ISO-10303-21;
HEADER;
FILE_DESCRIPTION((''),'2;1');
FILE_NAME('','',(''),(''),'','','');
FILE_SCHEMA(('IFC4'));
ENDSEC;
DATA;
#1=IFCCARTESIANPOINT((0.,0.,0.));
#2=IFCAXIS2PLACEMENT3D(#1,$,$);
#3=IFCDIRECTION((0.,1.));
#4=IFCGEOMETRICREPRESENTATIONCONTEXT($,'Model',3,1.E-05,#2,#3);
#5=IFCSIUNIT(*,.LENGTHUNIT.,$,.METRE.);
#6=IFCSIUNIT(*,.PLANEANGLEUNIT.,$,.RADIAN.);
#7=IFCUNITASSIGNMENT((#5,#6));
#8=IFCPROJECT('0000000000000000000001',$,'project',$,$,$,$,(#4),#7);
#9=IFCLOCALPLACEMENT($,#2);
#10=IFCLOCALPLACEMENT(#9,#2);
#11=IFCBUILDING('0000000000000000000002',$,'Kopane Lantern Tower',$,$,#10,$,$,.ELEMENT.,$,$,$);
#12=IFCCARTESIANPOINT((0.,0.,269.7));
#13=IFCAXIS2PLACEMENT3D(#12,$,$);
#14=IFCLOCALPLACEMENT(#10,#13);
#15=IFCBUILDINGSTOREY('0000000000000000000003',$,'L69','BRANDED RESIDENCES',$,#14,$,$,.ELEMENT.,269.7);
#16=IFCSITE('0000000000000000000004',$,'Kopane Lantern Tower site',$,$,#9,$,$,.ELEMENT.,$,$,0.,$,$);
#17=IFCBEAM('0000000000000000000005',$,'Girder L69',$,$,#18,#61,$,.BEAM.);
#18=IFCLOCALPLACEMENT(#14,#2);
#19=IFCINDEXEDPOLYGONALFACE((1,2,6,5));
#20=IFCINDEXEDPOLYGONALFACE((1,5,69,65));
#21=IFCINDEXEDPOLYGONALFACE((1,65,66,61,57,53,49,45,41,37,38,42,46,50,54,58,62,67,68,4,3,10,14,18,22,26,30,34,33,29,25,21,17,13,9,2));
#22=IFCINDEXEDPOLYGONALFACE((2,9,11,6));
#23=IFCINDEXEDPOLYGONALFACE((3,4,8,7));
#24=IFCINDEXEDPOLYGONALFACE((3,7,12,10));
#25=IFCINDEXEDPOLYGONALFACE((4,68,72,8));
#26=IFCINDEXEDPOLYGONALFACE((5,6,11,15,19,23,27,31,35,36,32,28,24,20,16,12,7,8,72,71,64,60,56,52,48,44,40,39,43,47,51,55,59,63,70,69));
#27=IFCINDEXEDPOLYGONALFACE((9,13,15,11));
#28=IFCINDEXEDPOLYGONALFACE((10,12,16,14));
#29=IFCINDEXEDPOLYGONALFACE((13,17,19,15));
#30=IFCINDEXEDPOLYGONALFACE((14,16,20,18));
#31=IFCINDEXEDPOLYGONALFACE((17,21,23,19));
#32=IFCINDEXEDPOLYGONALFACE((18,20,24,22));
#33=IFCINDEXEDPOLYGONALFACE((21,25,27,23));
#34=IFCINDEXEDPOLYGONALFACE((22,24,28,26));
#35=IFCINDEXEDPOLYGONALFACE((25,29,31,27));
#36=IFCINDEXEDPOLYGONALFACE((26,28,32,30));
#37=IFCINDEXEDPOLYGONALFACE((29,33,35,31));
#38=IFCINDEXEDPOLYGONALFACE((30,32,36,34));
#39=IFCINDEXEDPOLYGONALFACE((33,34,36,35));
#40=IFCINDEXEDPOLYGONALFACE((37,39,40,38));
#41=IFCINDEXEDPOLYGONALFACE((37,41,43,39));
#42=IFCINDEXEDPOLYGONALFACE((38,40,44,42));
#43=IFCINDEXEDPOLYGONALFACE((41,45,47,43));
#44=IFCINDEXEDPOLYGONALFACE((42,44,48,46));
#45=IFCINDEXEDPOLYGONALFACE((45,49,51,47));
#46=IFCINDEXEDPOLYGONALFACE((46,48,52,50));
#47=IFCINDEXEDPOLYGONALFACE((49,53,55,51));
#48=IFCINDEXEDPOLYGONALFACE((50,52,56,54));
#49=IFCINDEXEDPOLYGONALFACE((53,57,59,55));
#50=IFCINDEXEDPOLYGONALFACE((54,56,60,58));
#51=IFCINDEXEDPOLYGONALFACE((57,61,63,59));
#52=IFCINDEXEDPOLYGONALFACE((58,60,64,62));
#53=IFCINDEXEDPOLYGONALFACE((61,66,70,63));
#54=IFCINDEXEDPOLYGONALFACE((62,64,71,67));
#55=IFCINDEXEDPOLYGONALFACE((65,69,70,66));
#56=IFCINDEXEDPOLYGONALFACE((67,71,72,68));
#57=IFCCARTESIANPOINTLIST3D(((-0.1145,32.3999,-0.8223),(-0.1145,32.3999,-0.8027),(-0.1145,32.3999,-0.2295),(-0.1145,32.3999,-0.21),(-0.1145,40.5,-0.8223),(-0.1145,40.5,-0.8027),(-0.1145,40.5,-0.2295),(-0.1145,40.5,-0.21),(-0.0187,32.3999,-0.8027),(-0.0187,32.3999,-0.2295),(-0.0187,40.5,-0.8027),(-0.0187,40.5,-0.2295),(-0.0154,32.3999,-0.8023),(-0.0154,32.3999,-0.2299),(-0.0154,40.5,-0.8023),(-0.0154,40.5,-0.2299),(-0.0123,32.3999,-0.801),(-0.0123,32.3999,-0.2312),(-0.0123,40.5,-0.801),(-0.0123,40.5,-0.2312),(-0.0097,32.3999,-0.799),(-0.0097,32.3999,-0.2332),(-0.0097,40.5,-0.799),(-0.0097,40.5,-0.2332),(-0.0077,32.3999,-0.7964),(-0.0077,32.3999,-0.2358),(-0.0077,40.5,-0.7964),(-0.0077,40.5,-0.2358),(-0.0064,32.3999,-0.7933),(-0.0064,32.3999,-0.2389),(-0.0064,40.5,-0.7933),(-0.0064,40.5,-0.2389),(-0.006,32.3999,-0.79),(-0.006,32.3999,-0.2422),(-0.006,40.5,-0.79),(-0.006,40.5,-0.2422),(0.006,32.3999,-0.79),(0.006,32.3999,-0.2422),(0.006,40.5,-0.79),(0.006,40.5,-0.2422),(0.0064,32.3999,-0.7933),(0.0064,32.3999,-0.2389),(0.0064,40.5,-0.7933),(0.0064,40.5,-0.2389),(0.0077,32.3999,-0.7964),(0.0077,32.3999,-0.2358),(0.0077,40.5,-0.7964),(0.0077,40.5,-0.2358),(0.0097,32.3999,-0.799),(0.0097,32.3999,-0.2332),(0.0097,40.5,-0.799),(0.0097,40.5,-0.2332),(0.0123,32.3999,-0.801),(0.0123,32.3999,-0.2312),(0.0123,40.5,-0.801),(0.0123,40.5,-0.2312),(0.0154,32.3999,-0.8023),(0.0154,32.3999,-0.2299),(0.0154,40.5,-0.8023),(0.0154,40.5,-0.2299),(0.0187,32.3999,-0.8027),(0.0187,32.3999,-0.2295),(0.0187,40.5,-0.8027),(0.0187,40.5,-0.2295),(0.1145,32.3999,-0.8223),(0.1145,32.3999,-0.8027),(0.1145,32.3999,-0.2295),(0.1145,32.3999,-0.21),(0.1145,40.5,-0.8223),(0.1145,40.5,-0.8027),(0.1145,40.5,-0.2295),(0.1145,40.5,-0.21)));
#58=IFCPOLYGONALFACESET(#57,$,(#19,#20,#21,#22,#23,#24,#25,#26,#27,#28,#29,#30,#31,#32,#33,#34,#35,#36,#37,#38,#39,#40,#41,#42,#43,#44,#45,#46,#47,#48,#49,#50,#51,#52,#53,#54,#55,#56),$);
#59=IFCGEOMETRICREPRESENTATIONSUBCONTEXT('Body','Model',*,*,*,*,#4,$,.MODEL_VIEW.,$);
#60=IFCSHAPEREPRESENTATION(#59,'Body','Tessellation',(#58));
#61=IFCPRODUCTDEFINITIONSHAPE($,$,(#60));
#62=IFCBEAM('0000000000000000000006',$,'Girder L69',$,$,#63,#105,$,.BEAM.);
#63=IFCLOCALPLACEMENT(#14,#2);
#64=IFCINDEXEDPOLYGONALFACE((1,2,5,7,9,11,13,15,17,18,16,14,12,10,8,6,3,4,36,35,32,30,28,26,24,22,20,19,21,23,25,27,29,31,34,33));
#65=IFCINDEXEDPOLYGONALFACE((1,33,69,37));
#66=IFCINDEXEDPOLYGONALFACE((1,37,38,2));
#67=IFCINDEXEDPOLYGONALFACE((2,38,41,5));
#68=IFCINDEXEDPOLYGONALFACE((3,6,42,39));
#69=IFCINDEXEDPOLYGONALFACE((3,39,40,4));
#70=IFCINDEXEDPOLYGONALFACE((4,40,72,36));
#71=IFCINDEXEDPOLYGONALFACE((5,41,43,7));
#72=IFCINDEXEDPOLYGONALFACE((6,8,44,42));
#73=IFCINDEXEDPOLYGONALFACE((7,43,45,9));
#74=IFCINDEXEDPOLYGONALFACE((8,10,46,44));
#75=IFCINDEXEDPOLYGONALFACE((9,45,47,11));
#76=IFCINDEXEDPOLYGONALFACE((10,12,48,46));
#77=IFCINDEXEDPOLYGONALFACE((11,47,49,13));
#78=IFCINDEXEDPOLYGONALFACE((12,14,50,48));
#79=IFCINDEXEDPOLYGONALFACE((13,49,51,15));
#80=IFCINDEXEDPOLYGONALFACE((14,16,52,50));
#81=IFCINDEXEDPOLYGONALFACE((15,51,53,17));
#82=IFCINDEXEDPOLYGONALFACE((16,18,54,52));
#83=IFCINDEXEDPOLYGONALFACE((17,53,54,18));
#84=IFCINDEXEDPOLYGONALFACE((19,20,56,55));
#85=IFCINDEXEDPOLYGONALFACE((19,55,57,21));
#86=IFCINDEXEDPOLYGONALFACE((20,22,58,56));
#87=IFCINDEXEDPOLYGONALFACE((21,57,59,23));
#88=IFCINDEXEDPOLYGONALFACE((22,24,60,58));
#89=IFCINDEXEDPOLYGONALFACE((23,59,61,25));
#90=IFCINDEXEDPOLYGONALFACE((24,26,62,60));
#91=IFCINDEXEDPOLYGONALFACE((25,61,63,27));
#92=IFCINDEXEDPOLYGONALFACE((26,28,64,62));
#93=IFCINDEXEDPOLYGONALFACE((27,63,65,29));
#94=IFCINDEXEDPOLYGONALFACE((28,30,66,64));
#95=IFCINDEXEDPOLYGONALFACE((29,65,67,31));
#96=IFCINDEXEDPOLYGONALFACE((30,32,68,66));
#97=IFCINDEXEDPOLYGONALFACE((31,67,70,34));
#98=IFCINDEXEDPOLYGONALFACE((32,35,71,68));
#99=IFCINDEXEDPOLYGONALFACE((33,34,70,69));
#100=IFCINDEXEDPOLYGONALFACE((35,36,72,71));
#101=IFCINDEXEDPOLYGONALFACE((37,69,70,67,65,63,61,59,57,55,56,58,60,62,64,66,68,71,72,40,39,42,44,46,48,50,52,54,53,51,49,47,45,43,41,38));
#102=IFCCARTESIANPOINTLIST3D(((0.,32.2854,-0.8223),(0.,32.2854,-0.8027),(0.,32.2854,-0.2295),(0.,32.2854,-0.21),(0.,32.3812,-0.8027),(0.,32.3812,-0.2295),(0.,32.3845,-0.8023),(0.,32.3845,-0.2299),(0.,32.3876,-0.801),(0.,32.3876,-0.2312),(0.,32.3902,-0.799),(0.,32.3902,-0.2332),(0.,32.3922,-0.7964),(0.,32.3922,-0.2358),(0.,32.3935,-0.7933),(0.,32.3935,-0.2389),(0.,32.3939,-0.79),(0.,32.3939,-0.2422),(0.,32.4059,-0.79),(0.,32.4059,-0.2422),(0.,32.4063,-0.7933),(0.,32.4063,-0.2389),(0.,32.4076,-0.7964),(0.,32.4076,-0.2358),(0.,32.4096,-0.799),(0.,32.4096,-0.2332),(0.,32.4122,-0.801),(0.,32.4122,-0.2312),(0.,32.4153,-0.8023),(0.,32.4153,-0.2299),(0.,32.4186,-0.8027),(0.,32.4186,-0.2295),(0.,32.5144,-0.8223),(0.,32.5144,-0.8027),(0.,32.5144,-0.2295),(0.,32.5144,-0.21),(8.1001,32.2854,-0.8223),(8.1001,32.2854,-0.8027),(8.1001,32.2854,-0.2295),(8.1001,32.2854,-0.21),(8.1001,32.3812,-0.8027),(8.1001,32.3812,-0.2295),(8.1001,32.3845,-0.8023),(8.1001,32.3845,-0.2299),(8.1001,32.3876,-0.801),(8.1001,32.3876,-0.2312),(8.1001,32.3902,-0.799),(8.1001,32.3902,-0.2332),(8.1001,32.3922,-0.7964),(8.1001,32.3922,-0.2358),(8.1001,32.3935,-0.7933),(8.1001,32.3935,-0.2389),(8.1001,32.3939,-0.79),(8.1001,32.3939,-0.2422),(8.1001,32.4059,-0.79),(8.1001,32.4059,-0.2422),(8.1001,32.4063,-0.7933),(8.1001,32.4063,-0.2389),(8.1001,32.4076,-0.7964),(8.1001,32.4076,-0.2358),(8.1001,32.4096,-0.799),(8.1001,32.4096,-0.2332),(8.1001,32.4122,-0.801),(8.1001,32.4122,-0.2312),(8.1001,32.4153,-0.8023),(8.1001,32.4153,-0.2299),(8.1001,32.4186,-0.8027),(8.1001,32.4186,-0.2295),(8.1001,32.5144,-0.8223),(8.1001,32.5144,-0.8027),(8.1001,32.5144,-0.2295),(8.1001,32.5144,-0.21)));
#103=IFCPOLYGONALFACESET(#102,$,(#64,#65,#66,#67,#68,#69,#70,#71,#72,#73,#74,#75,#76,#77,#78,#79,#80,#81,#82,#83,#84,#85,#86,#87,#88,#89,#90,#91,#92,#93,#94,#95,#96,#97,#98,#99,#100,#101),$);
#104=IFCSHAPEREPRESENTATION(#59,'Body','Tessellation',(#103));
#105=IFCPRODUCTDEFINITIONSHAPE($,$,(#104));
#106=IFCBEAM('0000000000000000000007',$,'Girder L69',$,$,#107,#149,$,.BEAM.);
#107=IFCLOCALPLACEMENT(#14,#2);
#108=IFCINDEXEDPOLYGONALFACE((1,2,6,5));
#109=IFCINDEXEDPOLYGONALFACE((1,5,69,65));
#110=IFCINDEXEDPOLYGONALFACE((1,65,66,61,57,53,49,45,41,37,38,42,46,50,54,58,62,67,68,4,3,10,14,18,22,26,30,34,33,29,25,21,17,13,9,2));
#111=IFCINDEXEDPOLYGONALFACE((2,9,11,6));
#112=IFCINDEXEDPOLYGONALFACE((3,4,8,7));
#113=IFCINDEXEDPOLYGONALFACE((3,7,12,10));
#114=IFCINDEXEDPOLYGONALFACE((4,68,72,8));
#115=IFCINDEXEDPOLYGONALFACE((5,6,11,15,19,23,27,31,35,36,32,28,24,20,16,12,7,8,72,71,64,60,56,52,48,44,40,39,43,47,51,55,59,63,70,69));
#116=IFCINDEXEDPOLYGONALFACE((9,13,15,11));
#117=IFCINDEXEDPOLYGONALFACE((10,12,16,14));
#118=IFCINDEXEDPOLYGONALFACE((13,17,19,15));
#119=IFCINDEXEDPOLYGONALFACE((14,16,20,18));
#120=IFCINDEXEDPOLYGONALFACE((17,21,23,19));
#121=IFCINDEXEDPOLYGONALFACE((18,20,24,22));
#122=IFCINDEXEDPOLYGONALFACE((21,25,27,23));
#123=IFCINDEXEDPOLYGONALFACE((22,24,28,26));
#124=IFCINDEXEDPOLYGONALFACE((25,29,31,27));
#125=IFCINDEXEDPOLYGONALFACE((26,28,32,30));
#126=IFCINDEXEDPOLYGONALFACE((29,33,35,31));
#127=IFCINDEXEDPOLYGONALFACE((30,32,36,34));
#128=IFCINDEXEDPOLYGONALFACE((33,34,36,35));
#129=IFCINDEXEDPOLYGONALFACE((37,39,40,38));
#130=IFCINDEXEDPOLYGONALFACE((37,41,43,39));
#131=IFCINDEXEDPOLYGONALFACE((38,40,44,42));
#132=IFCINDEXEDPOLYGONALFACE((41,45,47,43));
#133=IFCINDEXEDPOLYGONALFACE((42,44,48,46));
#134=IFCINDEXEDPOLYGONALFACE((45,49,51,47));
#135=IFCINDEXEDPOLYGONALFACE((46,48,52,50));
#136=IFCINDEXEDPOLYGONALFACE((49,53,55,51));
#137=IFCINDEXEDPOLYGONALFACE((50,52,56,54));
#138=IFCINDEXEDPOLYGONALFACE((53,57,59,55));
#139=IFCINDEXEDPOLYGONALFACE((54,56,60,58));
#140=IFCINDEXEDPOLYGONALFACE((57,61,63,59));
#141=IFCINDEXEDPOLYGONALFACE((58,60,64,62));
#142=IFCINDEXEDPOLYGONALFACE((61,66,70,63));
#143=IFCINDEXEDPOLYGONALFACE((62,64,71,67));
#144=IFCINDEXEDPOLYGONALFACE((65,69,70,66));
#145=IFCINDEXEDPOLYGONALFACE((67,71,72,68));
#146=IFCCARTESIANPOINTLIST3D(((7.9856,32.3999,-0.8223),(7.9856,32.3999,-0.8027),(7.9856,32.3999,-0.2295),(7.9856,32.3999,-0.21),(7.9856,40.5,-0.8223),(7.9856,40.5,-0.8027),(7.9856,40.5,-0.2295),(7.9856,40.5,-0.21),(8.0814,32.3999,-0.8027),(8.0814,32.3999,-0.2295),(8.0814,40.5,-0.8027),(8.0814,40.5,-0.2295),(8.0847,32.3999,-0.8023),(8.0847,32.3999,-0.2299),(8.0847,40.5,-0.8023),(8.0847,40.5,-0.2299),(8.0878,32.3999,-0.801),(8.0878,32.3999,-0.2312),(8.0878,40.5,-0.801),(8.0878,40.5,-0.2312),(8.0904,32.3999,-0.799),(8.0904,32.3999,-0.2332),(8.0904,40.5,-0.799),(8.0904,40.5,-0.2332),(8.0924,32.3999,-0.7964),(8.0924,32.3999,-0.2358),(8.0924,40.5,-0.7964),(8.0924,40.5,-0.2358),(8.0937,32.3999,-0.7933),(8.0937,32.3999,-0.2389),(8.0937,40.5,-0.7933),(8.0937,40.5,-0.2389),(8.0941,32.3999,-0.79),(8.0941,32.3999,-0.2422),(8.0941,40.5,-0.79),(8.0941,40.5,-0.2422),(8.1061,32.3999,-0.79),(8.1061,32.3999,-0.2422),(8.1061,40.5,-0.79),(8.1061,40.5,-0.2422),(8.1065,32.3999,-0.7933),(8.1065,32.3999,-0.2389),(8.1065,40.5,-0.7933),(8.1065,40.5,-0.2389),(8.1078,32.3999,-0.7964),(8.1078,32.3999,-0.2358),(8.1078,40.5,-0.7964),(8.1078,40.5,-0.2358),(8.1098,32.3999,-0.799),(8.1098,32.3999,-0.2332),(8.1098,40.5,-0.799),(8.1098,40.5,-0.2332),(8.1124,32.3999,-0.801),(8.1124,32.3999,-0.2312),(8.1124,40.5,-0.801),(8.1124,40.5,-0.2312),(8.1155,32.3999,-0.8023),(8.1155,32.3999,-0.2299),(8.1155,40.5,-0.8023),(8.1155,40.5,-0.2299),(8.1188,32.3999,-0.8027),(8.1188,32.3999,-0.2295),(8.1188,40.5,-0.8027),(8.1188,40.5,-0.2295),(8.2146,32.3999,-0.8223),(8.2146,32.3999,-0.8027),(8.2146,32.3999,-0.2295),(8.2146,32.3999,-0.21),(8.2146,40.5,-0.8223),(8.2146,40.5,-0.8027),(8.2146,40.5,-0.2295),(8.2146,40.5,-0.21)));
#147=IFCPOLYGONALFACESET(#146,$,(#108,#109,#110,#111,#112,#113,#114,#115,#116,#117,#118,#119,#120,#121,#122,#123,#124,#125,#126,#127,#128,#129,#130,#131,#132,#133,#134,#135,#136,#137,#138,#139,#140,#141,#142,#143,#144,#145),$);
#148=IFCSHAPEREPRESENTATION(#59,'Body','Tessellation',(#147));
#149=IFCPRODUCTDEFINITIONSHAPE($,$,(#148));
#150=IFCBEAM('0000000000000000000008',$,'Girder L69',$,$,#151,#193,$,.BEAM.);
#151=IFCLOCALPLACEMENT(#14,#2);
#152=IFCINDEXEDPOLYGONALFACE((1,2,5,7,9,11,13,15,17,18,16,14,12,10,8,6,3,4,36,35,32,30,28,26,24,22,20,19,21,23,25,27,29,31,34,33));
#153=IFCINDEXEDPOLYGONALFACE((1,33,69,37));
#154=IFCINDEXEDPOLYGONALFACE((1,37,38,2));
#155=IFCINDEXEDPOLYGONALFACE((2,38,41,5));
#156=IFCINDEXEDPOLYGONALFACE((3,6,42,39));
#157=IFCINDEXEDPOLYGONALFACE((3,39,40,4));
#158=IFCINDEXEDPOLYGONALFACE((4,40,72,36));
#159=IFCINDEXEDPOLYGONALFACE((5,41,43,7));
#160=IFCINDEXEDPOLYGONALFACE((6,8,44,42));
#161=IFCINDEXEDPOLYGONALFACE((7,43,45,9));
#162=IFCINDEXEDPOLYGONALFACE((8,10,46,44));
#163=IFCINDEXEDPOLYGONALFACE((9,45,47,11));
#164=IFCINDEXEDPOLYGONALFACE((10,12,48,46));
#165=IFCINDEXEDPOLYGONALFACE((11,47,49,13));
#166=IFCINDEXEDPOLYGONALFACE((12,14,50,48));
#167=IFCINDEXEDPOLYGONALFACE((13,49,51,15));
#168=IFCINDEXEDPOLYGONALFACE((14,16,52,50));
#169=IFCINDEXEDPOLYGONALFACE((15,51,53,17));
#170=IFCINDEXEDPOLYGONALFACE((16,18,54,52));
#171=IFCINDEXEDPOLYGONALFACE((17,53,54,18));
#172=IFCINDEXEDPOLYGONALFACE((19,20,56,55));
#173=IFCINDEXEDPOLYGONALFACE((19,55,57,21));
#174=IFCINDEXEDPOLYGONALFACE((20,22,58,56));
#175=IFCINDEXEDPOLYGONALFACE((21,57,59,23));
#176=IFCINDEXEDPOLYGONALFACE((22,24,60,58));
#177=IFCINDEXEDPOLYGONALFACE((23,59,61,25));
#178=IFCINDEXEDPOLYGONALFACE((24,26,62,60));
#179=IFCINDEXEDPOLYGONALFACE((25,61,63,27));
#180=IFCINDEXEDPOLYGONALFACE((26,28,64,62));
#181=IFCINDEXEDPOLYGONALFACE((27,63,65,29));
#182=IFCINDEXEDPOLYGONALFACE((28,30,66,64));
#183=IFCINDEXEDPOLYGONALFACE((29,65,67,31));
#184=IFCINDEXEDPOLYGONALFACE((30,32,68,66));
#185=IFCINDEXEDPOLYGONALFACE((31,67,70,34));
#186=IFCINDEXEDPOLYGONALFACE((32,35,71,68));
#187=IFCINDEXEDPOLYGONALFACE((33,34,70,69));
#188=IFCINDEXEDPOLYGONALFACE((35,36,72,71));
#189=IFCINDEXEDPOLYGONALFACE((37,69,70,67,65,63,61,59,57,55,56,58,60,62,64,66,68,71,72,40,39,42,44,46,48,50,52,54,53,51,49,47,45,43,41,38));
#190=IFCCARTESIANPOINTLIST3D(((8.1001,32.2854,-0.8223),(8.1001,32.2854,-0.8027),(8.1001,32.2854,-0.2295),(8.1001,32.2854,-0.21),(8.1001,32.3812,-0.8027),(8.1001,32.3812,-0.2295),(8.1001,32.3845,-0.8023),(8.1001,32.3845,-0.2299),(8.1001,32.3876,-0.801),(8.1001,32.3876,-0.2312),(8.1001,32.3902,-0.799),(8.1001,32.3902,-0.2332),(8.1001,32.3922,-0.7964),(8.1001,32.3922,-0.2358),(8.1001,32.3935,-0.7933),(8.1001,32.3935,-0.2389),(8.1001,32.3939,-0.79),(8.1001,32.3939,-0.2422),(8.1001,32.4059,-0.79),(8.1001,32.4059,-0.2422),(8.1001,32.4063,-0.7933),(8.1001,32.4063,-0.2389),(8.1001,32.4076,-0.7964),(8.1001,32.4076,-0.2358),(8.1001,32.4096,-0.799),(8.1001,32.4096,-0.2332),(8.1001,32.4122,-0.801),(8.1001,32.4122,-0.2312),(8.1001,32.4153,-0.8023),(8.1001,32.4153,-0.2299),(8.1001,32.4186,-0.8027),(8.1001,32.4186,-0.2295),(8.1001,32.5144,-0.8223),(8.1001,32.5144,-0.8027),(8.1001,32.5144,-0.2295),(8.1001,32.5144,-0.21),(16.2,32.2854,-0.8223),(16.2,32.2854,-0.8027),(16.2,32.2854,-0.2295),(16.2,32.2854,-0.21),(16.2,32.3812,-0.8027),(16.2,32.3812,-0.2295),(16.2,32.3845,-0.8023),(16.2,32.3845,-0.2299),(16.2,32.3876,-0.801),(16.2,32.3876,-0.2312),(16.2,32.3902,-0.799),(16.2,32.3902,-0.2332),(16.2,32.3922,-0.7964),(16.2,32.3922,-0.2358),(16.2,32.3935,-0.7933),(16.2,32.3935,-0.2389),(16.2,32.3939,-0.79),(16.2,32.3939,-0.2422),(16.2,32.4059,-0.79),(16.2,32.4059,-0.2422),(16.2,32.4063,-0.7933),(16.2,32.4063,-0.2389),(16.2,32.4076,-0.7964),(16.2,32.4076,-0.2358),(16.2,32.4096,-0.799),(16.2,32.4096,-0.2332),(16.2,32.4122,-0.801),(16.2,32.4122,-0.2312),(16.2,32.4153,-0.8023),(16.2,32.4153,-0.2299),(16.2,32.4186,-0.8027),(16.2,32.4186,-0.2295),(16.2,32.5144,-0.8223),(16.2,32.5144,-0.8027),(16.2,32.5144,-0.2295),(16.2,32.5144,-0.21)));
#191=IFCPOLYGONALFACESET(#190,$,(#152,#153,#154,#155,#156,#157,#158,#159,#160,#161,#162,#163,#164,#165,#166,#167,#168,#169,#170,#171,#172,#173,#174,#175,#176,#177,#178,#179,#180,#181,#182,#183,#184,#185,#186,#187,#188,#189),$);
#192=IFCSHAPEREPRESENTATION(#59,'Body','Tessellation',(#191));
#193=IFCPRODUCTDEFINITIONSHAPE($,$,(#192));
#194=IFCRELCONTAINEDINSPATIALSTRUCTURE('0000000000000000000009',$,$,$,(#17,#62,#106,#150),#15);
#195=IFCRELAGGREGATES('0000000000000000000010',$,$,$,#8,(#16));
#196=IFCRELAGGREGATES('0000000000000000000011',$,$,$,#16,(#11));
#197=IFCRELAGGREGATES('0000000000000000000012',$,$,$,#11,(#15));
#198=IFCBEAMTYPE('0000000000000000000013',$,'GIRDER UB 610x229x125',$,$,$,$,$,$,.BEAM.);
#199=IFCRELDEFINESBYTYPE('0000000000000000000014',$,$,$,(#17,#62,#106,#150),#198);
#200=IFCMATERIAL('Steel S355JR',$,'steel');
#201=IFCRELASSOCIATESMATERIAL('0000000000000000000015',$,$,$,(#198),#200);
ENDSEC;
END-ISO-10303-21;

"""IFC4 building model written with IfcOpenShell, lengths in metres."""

from ifc_helpers import new_model, si_unit, direction, frame, origin, origin_2d, place, context, subcontext, project, spatial, i_section, extrude, material, material_profile, profile_set, type_object, element, save


model = new_model("IFC4")

# Units and contexts
model_context = context("Model", 3, precision=1e-05, world=origin(), true_north=direction((0.0, 1.0)))
body_context = subcontext(model_context, "Body", "Model", "MODEL_VIEW")
ifc_project = project(units=[si_unit("LENGTHUNIT", "METRE"), si_unit("PLANEANGLEUNIT", "RADIAN")], contexts=[model_context])

# Site, building, storey
site_placement = place(None, origin())
site = spatial("IfcSite", under=ifc_project, at=site_placement, Name="Kopane Lantern Tower site", CompositionType="ELEMENT", RefElevation=0.0)
building_placement = place(site_placement, origin())
building = spatial("IfcBuilding", under=site, at=building_placement, Name="Kopane Lantern Tower", CompositionType="ELEMENT")
storey_placement = place(building_placement, frame((0.0, 0.0, 269.7)))
storey = spatial("IfcBuildingStorey", under=building, at=storey_placement, Name="L69", Description="BRANDED RESIDENCES", CompositionType="ELEMENT", Elevation=269.7)

# Beams
ifc_material_1 = material(Name="Steel S355JR", Category="steel")
ifc_material_profile_1 = material_profile(ifc_material_1, i_section(OverallWidth=0.229, OverallDepth=0.6123, WebThickness=0.012, FlangeThickness=0.0195, FilletRadius=0.0127, at=origin_2d()), Name="UB 610x229x125")
ifc_profile_set_1 = profile_set([ifc_material_profile_1], Name="Steel S355JR")
beam_type = type_object("IfcBeamType", Name="GIRDER UB 610x229x125", PredefinedType="BEAM", material=ifc_profile_set_1)
for number, where, z_axis, x_axis, name in (
    (1, (0.0, 32.3999, -0.5161), (0.0, 1.0, 0.0), (-1.0, 0.0, 0.0), "Girder L69"),
    (2, (0.0, 32.3999, -0.5161), (1.0, 0.0, 0.0), (0.0, 1.0, 0.0), "Girder L69"),
    (3, (8.1001, 32.3999, -0.5161), (0.0, 1.0, 0.0), (-1.0, 0.0, 0.0), "Girder L69"),
):
    element("IfcBeam", number, at=place(storey_placement, frame(where, z_axis=z_axis, x_axis=x_axis)), inside=storey, type_object=beam_type, Name=name, PredefinedType="BEAM", context=body_context, shape_type="SweptSolid", body=[
        extrude(i_section(OverallWidth=0.229, OverallDepth=0.6123, WebThickness=0.012, FlangeThickness=0.0195, FilletRadius=0.0127, at=origin_2d()), origin(), (0.0, 0.0, 1.0), 8.1001),
    ])
for number, where, z_axis, x_axis, name in (
    (4, (8.1001, 32.3999, -0.5161), (1.0, 0.0, 0.0), (0.0, 1.0, 0.0), "Girder L69"),
):
    element("IfcBeam", number, at=place(storey_placement, frame(where, z_axis=z_axis, x_axis=x_axis)), inside=storey, type_object=beam_type, Name=name, PredefinedType="BEAM", context=body_context, shape_type="SweptSolid", body=[
        extrude(i_section(OverallWidth=0.229, OverallDepth=0.6123, WebThickness=0.012, FlangeThickness=0.0195, FilletRadius=0.0127, at=origin_2d()), origin(), (0.0, 0.0, 1.0), 8.0999),
    ])

save(model, "model.ifc")
